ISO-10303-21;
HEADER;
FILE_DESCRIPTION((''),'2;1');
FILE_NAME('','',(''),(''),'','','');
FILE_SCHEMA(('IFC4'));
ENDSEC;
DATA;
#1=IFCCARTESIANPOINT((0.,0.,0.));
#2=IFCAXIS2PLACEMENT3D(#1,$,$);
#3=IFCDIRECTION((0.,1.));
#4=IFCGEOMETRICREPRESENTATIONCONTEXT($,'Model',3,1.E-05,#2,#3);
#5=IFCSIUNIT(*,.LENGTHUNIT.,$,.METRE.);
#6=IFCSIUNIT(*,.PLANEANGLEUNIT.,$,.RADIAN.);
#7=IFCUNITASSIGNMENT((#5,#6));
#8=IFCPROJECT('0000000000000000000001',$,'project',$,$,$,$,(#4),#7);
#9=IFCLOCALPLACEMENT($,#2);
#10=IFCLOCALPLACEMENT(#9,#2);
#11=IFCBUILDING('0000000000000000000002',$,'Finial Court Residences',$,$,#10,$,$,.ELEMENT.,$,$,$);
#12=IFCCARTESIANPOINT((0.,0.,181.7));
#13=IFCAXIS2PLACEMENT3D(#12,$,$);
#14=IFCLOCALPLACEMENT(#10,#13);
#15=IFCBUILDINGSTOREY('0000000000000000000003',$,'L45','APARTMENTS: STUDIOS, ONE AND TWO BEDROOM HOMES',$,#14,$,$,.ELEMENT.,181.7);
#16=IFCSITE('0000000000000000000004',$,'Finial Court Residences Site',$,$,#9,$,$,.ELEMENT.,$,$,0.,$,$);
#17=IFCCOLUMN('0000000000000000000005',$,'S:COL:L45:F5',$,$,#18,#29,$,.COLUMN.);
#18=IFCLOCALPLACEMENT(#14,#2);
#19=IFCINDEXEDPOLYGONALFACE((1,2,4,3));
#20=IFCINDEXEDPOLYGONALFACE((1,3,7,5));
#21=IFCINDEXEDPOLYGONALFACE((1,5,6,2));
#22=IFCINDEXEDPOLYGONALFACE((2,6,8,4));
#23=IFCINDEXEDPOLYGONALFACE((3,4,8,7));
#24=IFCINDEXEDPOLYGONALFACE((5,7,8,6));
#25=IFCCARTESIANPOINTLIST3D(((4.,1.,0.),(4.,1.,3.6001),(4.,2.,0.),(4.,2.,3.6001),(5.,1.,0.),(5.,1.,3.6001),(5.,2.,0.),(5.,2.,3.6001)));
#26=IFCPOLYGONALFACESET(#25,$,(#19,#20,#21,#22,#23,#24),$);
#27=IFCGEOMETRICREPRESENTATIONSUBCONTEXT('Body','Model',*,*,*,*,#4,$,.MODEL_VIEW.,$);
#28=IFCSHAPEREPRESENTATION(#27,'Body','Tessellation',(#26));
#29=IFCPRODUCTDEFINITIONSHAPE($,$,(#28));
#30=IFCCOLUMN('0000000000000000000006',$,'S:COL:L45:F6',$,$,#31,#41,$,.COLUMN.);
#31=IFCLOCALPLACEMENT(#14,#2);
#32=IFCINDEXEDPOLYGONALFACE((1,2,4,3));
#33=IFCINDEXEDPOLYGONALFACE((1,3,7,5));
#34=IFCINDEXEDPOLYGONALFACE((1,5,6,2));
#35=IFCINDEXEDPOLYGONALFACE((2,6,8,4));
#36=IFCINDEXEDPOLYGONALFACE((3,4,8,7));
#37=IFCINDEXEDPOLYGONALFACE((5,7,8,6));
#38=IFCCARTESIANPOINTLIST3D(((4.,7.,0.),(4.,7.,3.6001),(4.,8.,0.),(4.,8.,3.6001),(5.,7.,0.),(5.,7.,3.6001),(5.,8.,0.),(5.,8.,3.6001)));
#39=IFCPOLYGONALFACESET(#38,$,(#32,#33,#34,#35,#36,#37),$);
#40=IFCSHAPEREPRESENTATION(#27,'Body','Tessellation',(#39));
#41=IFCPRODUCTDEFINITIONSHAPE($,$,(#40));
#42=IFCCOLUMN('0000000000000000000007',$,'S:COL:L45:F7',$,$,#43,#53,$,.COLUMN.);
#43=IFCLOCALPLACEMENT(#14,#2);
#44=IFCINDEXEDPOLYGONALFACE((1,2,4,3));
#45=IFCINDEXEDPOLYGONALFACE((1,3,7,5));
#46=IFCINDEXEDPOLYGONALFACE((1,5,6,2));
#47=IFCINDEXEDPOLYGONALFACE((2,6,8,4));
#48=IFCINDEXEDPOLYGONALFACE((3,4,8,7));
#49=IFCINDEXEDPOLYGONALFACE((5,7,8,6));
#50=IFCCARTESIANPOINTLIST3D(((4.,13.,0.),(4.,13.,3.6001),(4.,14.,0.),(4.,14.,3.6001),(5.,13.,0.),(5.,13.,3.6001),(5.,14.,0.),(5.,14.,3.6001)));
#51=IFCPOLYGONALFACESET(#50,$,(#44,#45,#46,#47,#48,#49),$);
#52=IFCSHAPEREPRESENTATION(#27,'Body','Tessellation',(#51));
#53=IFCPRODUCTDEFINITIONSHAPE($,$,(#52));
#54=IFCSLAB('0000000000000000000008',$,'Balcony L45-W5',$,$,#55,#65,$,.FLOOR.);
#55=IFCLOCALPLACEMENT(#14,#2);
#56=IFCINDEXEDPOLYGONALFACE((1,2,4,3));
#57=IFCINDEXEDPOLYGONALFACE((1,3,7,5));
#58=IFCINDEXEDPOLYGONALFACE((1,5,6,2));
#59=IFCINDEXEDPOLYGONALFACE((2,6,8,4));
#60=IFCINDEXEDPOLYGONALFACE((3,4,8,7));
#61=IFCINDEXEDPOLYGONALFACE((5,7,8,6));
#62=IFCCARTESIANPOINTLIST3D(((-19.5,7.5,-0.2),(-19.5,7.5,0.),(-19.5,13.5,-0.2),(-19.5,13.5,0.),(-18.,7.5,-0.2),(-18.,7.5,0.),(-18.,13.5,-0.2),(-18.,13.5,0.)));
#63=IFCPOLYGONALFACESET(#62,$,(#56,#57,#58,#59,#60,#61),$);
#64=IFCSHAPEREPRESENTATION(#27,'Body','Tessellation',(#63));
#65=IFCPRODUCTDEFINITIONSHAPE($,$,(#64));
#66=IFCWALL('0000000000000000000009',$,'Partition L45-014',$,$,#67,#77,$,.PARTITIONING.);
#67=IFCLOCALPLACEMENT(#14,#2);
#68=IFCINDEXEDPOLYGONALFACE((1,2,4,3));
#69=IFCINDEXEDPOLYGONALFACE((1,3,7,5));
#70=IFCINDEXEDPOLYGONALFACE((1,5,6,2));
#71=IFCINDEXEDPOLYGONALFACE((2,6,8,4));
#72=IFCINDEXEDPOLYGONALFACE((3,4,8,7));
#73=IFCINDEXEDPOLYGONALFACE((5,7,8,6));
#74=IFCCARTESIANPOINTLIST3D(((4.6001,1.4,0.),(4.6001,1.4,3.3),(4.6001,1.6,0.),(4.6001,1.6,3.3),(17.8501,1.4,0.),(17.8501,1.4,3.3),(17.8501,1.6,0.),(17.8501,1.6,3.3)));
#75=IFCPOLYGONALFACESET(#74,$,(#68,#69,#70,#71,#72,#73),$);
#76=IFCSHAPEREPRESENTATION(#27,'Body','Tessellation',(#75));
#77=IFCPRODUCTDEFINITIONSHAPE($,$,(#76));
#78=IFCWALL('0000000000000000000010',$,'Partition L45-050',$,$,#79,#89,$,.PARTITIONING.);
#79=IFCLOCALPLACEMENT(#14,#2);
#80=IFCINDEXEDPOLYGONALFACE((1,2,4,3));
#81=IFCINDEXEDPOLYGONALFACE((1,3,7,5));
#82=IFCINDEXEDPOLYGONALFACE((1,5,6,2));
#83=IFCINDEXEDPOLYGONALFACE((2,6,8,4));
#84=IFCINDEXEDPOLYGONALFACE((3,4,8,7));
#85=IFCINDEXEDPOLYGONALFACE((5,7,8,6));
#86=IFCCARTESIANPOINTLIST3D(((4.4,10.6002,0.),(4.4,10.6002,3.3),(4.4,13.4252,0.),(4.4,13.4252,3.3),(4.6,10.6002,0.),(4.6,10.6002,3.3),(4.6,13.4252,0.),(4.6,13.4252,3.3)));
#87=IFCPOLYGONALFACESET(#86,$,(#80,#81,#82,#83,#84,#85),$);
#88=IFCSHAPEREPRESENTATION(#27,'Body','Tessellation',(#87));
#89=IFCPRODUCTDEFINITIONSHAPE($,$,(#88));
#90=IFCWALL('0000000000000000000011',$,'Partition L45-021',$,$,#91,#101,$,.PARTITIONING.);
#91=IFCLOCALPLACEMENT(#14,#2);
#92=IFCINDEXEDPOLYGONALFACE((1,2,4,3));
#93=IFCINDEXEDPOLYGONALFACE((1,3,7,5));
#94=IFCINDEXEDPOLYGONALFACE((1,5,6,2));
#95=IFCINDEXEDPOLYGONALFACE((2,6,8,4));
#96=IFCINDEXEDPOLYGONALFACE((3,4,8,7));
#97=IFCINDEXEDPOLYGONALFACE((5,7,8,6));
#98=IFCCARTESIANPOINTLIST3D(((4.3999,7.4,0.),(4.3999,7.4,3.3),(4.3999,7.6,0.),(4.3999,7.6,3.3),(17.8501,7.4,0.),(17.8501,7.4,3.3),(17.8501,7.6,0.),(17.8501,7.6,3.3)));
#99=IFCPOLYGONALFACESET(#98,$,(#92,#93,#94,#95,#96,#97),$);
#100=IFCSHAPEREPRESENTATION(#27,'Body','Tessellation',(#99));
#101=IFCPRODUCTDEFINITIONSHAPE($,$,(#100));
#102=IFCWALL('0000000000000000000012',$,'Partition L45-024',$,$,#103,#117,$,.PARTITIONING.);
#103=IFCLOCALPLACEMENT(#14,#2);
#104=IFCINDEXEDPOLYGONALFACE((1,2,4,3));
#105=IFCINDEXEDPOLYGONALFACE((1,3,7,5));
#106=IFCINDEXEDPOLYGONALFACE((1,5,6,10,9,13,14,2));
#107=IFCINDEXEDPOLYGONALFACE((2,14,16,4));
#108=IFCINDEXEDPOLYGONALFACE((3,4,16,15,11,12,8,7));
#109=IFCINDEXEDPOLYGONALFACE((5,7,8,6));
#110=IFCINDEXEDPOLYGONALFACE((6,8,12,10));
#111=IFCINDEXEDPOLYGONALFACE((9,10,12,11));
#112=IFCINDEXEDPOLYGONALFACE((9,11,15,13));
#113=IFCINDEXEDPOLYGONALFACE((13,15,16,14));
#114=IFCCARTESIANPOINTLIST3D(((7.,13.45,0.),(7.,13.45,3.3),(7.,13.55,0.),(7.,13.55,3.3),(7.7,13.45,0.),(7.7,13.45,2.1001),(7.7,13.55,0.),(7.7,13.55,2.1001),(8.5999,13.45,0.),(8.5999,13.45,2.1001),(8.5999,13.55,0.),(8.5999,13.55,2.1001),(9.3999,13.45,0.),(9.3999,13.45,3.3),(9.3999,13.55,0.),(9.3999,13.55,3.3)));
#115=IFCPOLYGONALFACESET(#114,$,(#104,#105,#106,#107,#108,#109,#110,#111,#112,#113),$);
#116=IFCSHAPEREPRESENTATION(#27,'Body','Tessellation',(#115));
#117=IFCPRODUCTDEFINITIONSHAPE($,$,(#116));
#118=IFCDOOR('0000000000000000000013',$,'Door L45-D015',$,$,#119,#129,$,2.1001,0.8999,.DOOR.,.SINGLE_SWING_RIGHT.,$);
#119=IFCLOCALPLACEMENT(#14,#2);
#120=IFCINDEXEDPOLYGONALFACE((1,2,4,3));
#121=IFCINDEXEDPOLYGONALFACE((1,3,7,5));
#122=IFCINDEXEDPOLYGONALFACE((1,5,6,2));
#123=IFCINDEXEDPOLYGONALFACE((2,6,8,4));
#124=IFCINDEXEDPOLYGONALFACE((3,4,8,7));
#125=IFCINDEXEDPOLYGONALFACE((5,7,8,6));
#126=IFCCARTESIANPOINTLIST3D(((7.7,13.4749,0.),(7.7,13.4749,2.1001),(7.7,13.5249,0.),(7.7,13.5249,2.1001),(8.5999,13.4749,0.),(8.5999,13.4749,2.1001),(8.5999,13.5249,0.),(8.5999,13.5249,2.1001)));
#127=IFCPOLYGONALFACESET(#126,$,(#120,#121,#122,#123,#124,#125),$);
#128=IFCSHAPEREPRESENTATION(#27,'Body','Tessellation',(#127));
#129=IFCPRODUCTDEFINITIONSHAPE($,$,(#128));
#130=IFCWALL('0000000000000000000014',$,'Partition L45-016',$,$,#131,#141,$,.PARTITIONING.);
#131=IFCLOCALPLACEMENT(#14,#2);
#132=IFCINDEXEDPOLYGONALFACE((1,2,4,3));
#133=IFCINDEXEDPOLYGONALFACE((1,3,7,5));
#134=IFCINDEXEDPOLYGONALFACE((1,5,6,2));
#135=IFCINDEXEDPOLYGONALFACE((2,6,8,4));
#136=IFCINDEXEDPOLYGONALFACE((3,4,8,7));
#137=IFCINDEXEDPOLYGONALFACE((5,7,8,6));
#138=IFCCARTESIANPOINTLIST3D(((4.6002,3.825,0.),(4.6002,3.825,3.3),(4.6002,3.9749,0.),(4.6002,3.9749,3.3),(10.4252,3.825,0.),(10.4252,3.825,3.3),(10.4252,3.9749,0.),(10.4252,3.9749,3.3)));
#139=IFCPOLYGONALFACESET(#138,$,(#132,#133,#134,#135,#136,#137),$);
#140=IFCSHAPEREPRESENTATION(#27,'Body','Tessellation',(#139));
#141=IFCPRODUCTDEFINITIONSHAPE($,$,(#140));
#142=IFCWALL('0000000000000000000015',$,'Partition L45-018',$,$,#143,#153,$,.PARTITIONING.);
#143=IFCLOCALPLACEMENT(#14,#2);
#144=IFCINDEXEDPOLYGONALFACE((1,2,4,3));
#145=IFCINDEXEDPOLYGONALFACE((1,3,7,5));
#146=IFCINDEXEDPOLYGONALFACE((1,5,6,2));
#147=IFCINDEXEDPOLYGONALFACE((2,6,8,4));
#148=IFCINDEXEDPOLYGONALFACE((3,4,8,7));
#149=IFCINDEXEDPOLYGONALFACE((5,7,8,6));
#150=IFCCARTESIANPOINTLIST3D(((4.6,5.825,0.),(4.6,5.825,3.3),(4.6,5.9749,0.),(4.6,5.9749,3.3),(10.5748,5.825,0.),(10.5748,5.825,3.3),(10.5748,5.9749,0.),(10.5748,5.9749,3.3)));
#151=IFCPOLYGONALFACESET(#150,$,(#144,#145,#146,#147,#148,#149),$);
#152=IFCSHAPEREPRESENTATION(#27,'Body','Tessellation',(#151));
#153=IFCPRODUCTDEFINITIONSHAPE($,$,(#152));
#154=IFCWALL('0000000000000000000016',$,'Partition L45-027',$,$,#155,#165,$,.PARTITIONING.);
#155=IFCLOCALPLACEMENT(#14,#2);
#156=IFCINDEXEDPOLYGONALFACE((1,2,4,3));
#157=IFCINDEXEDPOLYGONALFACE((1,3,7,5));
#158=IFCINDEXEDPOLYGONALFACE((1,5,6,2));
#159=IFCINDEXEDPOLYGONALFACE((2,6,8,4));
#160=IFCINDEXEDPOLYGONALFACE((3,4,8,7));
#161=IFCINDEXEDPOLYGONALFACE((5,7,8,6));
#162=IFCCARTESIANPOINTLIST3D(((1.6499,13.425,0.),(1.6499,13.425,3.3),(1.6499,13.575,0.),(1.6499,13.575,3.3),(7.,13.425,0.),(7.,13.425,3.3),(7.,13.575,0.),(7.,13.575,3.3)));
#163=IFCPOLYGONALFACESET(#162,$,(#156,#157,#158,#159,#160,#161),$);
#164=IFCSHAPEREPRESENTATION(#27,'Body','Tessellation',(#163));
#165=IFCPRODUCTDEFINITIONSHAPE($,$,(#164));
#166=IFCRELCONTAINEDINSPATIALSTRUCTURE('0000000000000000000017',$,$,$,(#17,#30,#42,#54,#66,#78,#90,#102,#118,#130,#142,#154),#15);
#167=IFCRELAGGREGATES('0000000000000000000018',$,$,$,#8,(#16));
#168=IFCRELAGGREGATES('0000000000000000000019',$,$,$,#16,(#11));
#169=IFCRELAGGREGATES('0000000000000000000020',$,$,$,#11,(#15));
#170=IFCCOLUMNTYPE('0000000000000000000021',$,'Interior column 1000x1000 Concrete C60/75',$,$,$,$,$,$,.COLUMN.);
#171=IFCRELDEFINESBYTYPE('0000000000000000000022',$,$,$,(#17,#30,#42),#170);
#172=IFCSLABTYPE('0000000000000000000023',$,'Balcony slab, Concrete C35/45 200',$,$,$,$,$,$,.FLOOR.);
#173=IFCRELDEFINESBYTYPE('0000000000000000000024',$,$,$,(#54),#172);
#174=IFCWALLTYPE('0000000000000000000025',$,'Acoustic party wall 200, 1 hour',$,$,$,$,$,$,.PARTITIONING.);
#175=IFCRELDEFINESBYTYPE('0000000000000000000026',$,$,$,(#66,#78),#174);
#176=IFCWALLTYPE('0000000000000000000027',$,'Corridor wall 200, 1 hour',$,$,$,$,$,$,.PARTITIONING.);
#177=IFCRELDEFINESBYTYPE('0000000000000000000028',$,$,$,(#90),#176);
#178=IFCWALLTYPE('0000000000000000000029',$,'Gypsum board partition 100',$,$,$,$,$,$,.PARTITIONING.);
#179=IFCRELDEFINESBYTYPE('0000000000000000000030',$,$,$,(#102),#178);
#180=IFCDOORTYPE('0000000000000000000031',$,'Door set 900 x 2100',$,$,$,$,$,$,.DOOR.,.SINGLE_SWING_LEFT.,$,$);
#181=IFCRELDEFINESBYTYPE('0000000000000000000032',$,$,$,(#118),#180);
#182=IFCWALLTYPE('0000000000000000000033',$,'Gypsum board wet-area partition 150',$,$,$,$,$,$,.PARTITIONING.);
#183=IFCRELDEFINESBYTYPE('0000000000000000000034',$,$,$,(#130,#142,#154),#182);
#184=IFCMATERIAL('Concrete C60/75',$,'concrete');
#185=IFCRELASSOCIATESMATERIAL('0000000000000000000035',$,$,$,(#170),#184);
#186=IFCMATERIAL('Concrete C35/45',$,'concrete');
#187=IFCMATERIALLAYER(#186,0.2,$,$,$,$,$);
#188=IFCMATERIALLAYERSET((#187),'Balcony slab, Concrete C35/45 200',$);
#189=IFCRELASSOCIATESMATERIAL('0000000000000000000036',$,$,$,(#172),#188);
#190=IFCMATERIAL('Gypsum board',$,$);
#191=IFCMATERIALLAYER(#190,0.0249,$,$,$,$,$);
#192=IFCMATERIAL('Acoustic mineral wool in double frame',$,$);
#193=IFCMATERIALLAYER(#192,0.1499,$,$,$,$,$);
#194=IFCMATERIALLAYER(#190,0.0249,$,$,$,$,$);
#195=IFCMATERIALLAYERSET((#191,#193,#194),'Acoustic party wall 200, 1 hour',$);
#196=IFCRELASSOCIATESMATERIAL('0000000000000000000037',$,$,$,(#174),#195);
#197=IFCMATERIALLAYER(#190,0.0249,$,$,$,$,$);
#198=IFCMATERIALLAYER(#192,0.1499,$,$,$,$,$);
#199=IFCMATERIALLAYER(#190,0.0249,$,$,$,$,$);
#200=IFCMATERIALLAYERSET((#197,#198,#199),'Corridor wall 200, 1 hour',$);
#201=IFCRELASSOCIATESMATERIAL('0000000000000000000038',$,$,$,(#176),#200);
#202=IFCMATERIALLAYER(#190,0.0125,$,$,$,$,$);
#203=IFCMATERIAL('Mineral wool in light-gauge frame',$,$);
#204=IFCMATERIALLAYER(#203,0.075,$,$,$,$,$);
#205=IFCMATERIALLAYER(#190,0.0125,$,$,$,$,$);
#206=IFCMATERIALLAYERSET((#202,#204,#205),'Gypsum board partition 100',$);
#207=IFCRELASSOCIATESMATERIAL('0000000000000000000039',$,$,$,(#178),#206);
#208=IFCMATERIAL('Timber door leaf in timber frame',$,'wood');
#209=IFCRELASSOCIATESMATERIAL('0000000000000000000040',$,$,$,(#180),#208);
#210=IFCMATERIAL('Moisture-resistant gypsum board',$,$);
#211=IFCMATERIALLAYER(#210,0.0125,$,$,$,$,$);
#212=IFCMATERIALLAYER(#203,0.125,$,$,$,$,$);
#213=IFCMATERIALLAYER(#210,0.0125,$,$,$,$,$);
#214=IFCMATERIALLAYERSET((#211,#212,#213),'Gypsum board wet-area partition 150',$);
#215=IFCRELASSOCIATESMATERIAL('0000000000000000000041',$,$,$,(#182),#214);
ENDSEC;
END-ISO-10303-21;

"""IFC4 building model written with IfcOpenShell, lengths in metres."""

from ifc_helpers import new_model, si_unit, direction, frame, frame_2d, origin, origin_2d, place, context, subcontext, project, spatial, polyline, rectangle, outline, extrude, material, layer, layer_set, material_profile, profile_set, type_object, element, fill, save


model = new_model("IFC4")

# Units and contexts
model_context = context("Model", 3, precision=1e-05, world=origin(), true_north=direction((0.0, 1.0)))
body_context = subcontext(model_context, "Body", "Model", "MODEL_VIEW")
ifc_project = project(units=[si_unit("LENGTHUNIT", "METRE"), si_unit("PLANEANGLEUNIT", "RADIAN")], contexts=[model_context])

# Site, building, storey
site_placement = place(None, origin())
site = spatial("IfcSite", under=ifc_project, at=site_placement, Name="Finial Court Residences Site", CompositionType="ELEMENT", RefElevation=0.0)
building_placement = place(site_placement, origin())
building = spatial("IfcBuilding", under=site, at=building_placement, Name="Finial Court Residences", CompositionType="ELEMENT")
storey_placement = place(building_placement, frame((0.0, 0.0, 181.7)))
storey = spatial("IfcBuildingStorey", under=building, at=storey_placement, Name="L45", Description="APARTMENTS: STUDIOS, ONE AND TWO BEDROOM HOMES", CompositionType="ELEMENT", Elevation=181.7)

# Columns
ifc_material_1 = material(Name="Concrete C60/75", Category="concrete")
ifc_material_profile = material_profile(ifc_material_1, rectangle(XDim=1.0, YDim=1.0, at=origin_2d()), Name="1000x1000")
ifc_profile_set = profile_set([ifc_material_profile], Name="Concrete C60/75")
column_type = type_object("IfcColumnType", Name="Interior column 1000x1000 Concrete C60/75", PredefinedType="COLUMN", material=ifc_profile_set)
for number, where, z_axis, x_axis, name in (
    (1, (4.5, 1.5, 0.0), (0.0, 0.0, 1.0), (1.0, 0.0, 0.0), "S:COL:L45:F5"),
    (2, (4.5, 7.5, 0.0), (0.0, 0.0, 1.0), (1.0, 0.0, 0.0), "S:COL:L45:F6"),
    (3, (4.5, 13.5, 0.0), (0.0, 0.0, 1.0), (1.0, 0.0, 0.0), "S:COL:L45:F7"),
):
    element("IfcColumn", number, at=place(storey_placement, frame(where, z_axis=z_axis, x_axis=x_axis)), inside=storey, type_object=column_type, Name=name, PredefinedType="COLUMN", context=body_context, shape_type="SweptSolid", body=[
        extrude(rectangle(XDim=1.0, YDim=1.0, at=origin_2d()), origin(), (0.0, 0.0, 1.0), 3.6001),
    ])

# Slab
ifc_material_2 = material(Name="Concrete C35/45", Category="concrete")
ifc_layer_1 = layer(ifc_material_2, 0.2)
ifc_layer_set_1 = layer_set([ifc_layer_1], Name="Balcony slab, Concrete C35/45 200")
slab_type = type_object("IfcSlabType", Name="Balcony slab, Concrete C35/45 200", PredefinedType="FLOOR", material=ifc_layer_set_1)
slab_placement = place(storey_placement, frame((0.0, 0.0, -0.2)))
element("IfcSlab", 4, at=slab_placement, inside=storey, type_object=slab_type, Name="Balcony L45-W5", PredefinedType="FLOOR", context=body_context, shape_type="SweptSolid", body=[
    extrude(outline(polyline([(-18.0, 7.5), (-18.0, 13.5), (-19.5, 13.5), (-19.5, 7.5), (-18.0, 7.5)])), origin(), (0.0, 0.0, 1.0), 0.2),
])

# Walls
ifc_material_3 = material(Name="Gypsum board")
ifc_layer_2 = layer(ifc_material_3, 0.0249)
ifc_material_4 = material(Name="Acoustic mineral wool in double frame")
ifc_layer_3 = layer(ifc_material_4, 0.1499)
ifc_layer_4 = layer(ifc_material_3, 0.0249)
ifc_layer_set_2 = layer_set([ifc_layer_2, ifc_layer_3, ifc_layer_4], Name="Acoustic party wall 200, 1 hour")
wall_type_1 = type_object("IfcWallType", Name="Acoustic party wall 200, 1 hour", PredefinedType="PARTITIONING", material=ifc_layer_set_2)
wall_1_placement = place(storey_placement, frame((4.6001, 1.5, 0.0), z_axis=(0.0, 0.0, 1.0), x_axis=(1.0, 0.0, 0.0)))
element("IfcWall", 5, at=wall_1_placement, inside=storey, type_object=wall_type_1, Name="Partition L45-014", PredefinedType="PARTITIONING", context=body_context, shape_type="SweptSolid", body=[
    extrude(rectangle(XDim=13.25, YDim=0.2, at=frame_2d((6.625, 0.0))), origin(), (0.0, 0.0, 1.0), 3.3),
])
wall_2_placement = place(storey_placement, frame((4.5, 10.6001, 0.0), z_axis=(0.0, 0.0, 1.0), x_axis=(0.0, 1.0, 0.0)))
element("IfcWall", 6, at=wall_2_placement, inside=storey, type_object=wall_type_1, Name="Partition L45-050", PredefinedType="PARTITIONING", context=body_context, shape_type="SweptSolid", body=[
    extrude(rectangle(XDim=2.825, YDim=0.2, at=frame_2d((1.4126, 0.0))), origin(), (0.0, 0.0, 1.0), 3.3),
])
ifc_layer_5 = layer(ifc_material_3, 0.0249)
ifc_layer_6 = layer(ifc_material_4, 0.1499)
ifc_layer_7 = layer(ifc_material_3, 0.0249)
ifc_layer_set_3 = layer_set([ifc_layer_5, ifc_layer_6, ifc_layer_7], Name="Corridor wall 200, 1 hour")
wall_type_2 = type_object("IfcWallType", Name="Corridor wall 200, 1 hour", PredefinedType="PARTITIONING", material=ifc_layer_set_3)
wall_3_placement = place(storey_placement, frame((4.3999, 7.5, 0.0), z_axis=(0.0, 0.0, 1.0), x_axis=(1.0, 0.0, 0.0)))
element("IfcWall", 7, at=wall_3_placement, inside=storey, type_object=wall_type_2, Name="Partition L45-021", PredefinedType="PARTITIONING", context=body_context, shape_type="SweptSolid", body=[
    extrude(rectangle(XDim=13.4502, YDim=0.2, at=frame_2d((6.7251, 0.0))), origin(), (0.0, 0.0, 1.0), 3.3),
])

# Wall, opening, door
ifc_layer_8 = layer(ifc_material_3, 0.0125)
ifc_material_5 = material(Name="Mineral wool in light-gauge frame")
ifc_layer_9 = layer(ifc_material_5, 0.075)
ifc_layer_10 = layer(ifc_material_3, 0.0125)
ifc_layer_set_4 = layer_set([ifc_layer_8, ifc_layer_9, ifc_layer_10], Name="Gypsum board partition 100")
wall_type_3 = type_object("IfcWallType", Name="Gypsum board partition 100", PredefinedType="PARTITIONING", material=ifc_layer_set_4)
wall_4_placement = place(storey_placement, frame((7.0, 13.5, 0.0), z_axis=(0.0, 0.0, 1.0), x_axis=(1.0, 0.0, 0.0)))
wall_4 = element("IfcWall", 8, at=wall_4_placement, inside=storey, type_object=wall_type_3, Name="Partition L45-024", PredefinedType="PARTITIONING", context=body_context, shape_type="SweptSolid", body=[
    extrude(rectangle(XDim=2.3999, YDim=0.1001, at=frame_2d((1.2, 0.0))), origin(), (0.0, 0.0, 1.0), 3.3),
])
opening_1_placement = place(wall_4_placement, frame((0.7, 0.0, 0.0)))
opening_1 = element("IfcOpeningElement", 9, at=opening_1_placement, cuts=wall_4, PredefinedType="OPENING", context=body_context, shape_type="SweptSolid", body=[
    extrude(rectangle(XDim=0.8999, YDim=2.1001, at=frame_2d((0.45, 1.05))), frame((0.0, 0.0601, 0.0), z_axis=(0.0, -1.0, 0.0), x_axis=(1.0, 0.0, 0.0)), (0.0, 0.0, 1.0), 0.1201),
])
ifc_material_6 = material(Name="Timber door leaf in timber frame", Category="wood")
door_type = type_object("IfcDoorType", Name="Door set 900 x 2100", OperationType="SINGLE_SWING_LEFT", PredefinedType="DOOR", material=ifc_material_6)
door_1_placement = place(opening_1_placement, origin())
door_1 = element("IfcDoor", 10, at=door_1_placement, inside=storey, type_object=door_type, Name="Door L45-D015", OperationType="SINGLE_SWING_RIGHT", OverallHeight=2.1001, OverallWidth=0.8999, PredefinedType="DOOR", context=body_context, shape_type="SweptSolid", body=[
    extrude(rectangle(XDim=0.8999, YDim=2.1001, at=frame_2d((0.45, 1.05))), frame((0.0, 0.0249, 0.0), z_axis=(0.0, -1.0, 0.0), x_axis=(1.0, 0.0, 0.0)), (0.0, 0.0, 1.0), 0.05),
])
fill(opening_1, door_1)

# Walls
ifc_material_7 = material(Name="Moisture-resistant gypsum board")
ifc_layer_11 = layer(ifc_material_7, 0.0125)
ifc_layer_12 = layer(ifc_material_5, 0.125)
ifc_layer_13 = layer(ifc_material_7, 0.0125)
ifc_layer_set_5 = layer_set([ifc_layer_11, ifc_layer_12, ifc_layer_13], Name="Gypsum board wet-area partition 150")
wall_type_4 = type_object("IfcWallType", Name="Gypsum board wet-area partition 150", PredefinedType="PARTITIONING", material=ifc_layer_set_5)
wall_5_placement = place(storey_placement, frame((4.6001, 3.8999, 0.0), z_axis=(0.0, 0.0, 1.0), x_axis=(1.0, 0.0, 0.0)))
element("IfcWall", 11, at=wall_5_placement, inside=storey, type_object=wall_type_4, Name="Partition L45-016", PredefinedType="PARTITIONING", context=body_context, shape_type="SweptSolid", body=[
    extrude(rectangle(XDim=5.825, YDim=0.1499, at=frame_2d((2.9126, 0.0))), origin(), (0.0, 0.0, 1.0), 3.3),
])
wall_6_placement = place(storey_placement, frame((4.6001, 5.8999, 0.0), z_axis=(0.0, 0.0, 1.0), x_axis=(1.0, 0.0, 0.0)))
element("IfcWall", 12, at=wall_6_placement, inside=storey, type_object=wall_type_4, Name="Partition L45-018", PredefinedType="PARTITIONING", context=body_context, shape_type="SweptSolid", body=[
    extrude(rectangle(XDim=5.9749, YDim=0.1499, at=frame_2d((2.9873, 0.0))), origin(), (0.0, 0.0, 1.0), 3.3),
])
wall_7_placement = place(storey_placement, frame((1.6499, 13.5, 0.0), z_axis=(0.0, 0.0, 1.0), x_axis=(1.0, 0.0, 0.0)))
element("IfcWall", 13, at=wall_7_placement, inside=storey, type_object=wall_type_4, Name="Partition L45-027", PredefinedType="PARTITIONING", context=body_context, shape_type="SweptSolid", body=[
    extrude(rectangle(XDim=5.3501, YDim=0.1499, at=frame_2d((2.675, 0.0))), origin(), (0.0, 0.0, 1.0), 3.3),
])

save(model, "model.ifc")
